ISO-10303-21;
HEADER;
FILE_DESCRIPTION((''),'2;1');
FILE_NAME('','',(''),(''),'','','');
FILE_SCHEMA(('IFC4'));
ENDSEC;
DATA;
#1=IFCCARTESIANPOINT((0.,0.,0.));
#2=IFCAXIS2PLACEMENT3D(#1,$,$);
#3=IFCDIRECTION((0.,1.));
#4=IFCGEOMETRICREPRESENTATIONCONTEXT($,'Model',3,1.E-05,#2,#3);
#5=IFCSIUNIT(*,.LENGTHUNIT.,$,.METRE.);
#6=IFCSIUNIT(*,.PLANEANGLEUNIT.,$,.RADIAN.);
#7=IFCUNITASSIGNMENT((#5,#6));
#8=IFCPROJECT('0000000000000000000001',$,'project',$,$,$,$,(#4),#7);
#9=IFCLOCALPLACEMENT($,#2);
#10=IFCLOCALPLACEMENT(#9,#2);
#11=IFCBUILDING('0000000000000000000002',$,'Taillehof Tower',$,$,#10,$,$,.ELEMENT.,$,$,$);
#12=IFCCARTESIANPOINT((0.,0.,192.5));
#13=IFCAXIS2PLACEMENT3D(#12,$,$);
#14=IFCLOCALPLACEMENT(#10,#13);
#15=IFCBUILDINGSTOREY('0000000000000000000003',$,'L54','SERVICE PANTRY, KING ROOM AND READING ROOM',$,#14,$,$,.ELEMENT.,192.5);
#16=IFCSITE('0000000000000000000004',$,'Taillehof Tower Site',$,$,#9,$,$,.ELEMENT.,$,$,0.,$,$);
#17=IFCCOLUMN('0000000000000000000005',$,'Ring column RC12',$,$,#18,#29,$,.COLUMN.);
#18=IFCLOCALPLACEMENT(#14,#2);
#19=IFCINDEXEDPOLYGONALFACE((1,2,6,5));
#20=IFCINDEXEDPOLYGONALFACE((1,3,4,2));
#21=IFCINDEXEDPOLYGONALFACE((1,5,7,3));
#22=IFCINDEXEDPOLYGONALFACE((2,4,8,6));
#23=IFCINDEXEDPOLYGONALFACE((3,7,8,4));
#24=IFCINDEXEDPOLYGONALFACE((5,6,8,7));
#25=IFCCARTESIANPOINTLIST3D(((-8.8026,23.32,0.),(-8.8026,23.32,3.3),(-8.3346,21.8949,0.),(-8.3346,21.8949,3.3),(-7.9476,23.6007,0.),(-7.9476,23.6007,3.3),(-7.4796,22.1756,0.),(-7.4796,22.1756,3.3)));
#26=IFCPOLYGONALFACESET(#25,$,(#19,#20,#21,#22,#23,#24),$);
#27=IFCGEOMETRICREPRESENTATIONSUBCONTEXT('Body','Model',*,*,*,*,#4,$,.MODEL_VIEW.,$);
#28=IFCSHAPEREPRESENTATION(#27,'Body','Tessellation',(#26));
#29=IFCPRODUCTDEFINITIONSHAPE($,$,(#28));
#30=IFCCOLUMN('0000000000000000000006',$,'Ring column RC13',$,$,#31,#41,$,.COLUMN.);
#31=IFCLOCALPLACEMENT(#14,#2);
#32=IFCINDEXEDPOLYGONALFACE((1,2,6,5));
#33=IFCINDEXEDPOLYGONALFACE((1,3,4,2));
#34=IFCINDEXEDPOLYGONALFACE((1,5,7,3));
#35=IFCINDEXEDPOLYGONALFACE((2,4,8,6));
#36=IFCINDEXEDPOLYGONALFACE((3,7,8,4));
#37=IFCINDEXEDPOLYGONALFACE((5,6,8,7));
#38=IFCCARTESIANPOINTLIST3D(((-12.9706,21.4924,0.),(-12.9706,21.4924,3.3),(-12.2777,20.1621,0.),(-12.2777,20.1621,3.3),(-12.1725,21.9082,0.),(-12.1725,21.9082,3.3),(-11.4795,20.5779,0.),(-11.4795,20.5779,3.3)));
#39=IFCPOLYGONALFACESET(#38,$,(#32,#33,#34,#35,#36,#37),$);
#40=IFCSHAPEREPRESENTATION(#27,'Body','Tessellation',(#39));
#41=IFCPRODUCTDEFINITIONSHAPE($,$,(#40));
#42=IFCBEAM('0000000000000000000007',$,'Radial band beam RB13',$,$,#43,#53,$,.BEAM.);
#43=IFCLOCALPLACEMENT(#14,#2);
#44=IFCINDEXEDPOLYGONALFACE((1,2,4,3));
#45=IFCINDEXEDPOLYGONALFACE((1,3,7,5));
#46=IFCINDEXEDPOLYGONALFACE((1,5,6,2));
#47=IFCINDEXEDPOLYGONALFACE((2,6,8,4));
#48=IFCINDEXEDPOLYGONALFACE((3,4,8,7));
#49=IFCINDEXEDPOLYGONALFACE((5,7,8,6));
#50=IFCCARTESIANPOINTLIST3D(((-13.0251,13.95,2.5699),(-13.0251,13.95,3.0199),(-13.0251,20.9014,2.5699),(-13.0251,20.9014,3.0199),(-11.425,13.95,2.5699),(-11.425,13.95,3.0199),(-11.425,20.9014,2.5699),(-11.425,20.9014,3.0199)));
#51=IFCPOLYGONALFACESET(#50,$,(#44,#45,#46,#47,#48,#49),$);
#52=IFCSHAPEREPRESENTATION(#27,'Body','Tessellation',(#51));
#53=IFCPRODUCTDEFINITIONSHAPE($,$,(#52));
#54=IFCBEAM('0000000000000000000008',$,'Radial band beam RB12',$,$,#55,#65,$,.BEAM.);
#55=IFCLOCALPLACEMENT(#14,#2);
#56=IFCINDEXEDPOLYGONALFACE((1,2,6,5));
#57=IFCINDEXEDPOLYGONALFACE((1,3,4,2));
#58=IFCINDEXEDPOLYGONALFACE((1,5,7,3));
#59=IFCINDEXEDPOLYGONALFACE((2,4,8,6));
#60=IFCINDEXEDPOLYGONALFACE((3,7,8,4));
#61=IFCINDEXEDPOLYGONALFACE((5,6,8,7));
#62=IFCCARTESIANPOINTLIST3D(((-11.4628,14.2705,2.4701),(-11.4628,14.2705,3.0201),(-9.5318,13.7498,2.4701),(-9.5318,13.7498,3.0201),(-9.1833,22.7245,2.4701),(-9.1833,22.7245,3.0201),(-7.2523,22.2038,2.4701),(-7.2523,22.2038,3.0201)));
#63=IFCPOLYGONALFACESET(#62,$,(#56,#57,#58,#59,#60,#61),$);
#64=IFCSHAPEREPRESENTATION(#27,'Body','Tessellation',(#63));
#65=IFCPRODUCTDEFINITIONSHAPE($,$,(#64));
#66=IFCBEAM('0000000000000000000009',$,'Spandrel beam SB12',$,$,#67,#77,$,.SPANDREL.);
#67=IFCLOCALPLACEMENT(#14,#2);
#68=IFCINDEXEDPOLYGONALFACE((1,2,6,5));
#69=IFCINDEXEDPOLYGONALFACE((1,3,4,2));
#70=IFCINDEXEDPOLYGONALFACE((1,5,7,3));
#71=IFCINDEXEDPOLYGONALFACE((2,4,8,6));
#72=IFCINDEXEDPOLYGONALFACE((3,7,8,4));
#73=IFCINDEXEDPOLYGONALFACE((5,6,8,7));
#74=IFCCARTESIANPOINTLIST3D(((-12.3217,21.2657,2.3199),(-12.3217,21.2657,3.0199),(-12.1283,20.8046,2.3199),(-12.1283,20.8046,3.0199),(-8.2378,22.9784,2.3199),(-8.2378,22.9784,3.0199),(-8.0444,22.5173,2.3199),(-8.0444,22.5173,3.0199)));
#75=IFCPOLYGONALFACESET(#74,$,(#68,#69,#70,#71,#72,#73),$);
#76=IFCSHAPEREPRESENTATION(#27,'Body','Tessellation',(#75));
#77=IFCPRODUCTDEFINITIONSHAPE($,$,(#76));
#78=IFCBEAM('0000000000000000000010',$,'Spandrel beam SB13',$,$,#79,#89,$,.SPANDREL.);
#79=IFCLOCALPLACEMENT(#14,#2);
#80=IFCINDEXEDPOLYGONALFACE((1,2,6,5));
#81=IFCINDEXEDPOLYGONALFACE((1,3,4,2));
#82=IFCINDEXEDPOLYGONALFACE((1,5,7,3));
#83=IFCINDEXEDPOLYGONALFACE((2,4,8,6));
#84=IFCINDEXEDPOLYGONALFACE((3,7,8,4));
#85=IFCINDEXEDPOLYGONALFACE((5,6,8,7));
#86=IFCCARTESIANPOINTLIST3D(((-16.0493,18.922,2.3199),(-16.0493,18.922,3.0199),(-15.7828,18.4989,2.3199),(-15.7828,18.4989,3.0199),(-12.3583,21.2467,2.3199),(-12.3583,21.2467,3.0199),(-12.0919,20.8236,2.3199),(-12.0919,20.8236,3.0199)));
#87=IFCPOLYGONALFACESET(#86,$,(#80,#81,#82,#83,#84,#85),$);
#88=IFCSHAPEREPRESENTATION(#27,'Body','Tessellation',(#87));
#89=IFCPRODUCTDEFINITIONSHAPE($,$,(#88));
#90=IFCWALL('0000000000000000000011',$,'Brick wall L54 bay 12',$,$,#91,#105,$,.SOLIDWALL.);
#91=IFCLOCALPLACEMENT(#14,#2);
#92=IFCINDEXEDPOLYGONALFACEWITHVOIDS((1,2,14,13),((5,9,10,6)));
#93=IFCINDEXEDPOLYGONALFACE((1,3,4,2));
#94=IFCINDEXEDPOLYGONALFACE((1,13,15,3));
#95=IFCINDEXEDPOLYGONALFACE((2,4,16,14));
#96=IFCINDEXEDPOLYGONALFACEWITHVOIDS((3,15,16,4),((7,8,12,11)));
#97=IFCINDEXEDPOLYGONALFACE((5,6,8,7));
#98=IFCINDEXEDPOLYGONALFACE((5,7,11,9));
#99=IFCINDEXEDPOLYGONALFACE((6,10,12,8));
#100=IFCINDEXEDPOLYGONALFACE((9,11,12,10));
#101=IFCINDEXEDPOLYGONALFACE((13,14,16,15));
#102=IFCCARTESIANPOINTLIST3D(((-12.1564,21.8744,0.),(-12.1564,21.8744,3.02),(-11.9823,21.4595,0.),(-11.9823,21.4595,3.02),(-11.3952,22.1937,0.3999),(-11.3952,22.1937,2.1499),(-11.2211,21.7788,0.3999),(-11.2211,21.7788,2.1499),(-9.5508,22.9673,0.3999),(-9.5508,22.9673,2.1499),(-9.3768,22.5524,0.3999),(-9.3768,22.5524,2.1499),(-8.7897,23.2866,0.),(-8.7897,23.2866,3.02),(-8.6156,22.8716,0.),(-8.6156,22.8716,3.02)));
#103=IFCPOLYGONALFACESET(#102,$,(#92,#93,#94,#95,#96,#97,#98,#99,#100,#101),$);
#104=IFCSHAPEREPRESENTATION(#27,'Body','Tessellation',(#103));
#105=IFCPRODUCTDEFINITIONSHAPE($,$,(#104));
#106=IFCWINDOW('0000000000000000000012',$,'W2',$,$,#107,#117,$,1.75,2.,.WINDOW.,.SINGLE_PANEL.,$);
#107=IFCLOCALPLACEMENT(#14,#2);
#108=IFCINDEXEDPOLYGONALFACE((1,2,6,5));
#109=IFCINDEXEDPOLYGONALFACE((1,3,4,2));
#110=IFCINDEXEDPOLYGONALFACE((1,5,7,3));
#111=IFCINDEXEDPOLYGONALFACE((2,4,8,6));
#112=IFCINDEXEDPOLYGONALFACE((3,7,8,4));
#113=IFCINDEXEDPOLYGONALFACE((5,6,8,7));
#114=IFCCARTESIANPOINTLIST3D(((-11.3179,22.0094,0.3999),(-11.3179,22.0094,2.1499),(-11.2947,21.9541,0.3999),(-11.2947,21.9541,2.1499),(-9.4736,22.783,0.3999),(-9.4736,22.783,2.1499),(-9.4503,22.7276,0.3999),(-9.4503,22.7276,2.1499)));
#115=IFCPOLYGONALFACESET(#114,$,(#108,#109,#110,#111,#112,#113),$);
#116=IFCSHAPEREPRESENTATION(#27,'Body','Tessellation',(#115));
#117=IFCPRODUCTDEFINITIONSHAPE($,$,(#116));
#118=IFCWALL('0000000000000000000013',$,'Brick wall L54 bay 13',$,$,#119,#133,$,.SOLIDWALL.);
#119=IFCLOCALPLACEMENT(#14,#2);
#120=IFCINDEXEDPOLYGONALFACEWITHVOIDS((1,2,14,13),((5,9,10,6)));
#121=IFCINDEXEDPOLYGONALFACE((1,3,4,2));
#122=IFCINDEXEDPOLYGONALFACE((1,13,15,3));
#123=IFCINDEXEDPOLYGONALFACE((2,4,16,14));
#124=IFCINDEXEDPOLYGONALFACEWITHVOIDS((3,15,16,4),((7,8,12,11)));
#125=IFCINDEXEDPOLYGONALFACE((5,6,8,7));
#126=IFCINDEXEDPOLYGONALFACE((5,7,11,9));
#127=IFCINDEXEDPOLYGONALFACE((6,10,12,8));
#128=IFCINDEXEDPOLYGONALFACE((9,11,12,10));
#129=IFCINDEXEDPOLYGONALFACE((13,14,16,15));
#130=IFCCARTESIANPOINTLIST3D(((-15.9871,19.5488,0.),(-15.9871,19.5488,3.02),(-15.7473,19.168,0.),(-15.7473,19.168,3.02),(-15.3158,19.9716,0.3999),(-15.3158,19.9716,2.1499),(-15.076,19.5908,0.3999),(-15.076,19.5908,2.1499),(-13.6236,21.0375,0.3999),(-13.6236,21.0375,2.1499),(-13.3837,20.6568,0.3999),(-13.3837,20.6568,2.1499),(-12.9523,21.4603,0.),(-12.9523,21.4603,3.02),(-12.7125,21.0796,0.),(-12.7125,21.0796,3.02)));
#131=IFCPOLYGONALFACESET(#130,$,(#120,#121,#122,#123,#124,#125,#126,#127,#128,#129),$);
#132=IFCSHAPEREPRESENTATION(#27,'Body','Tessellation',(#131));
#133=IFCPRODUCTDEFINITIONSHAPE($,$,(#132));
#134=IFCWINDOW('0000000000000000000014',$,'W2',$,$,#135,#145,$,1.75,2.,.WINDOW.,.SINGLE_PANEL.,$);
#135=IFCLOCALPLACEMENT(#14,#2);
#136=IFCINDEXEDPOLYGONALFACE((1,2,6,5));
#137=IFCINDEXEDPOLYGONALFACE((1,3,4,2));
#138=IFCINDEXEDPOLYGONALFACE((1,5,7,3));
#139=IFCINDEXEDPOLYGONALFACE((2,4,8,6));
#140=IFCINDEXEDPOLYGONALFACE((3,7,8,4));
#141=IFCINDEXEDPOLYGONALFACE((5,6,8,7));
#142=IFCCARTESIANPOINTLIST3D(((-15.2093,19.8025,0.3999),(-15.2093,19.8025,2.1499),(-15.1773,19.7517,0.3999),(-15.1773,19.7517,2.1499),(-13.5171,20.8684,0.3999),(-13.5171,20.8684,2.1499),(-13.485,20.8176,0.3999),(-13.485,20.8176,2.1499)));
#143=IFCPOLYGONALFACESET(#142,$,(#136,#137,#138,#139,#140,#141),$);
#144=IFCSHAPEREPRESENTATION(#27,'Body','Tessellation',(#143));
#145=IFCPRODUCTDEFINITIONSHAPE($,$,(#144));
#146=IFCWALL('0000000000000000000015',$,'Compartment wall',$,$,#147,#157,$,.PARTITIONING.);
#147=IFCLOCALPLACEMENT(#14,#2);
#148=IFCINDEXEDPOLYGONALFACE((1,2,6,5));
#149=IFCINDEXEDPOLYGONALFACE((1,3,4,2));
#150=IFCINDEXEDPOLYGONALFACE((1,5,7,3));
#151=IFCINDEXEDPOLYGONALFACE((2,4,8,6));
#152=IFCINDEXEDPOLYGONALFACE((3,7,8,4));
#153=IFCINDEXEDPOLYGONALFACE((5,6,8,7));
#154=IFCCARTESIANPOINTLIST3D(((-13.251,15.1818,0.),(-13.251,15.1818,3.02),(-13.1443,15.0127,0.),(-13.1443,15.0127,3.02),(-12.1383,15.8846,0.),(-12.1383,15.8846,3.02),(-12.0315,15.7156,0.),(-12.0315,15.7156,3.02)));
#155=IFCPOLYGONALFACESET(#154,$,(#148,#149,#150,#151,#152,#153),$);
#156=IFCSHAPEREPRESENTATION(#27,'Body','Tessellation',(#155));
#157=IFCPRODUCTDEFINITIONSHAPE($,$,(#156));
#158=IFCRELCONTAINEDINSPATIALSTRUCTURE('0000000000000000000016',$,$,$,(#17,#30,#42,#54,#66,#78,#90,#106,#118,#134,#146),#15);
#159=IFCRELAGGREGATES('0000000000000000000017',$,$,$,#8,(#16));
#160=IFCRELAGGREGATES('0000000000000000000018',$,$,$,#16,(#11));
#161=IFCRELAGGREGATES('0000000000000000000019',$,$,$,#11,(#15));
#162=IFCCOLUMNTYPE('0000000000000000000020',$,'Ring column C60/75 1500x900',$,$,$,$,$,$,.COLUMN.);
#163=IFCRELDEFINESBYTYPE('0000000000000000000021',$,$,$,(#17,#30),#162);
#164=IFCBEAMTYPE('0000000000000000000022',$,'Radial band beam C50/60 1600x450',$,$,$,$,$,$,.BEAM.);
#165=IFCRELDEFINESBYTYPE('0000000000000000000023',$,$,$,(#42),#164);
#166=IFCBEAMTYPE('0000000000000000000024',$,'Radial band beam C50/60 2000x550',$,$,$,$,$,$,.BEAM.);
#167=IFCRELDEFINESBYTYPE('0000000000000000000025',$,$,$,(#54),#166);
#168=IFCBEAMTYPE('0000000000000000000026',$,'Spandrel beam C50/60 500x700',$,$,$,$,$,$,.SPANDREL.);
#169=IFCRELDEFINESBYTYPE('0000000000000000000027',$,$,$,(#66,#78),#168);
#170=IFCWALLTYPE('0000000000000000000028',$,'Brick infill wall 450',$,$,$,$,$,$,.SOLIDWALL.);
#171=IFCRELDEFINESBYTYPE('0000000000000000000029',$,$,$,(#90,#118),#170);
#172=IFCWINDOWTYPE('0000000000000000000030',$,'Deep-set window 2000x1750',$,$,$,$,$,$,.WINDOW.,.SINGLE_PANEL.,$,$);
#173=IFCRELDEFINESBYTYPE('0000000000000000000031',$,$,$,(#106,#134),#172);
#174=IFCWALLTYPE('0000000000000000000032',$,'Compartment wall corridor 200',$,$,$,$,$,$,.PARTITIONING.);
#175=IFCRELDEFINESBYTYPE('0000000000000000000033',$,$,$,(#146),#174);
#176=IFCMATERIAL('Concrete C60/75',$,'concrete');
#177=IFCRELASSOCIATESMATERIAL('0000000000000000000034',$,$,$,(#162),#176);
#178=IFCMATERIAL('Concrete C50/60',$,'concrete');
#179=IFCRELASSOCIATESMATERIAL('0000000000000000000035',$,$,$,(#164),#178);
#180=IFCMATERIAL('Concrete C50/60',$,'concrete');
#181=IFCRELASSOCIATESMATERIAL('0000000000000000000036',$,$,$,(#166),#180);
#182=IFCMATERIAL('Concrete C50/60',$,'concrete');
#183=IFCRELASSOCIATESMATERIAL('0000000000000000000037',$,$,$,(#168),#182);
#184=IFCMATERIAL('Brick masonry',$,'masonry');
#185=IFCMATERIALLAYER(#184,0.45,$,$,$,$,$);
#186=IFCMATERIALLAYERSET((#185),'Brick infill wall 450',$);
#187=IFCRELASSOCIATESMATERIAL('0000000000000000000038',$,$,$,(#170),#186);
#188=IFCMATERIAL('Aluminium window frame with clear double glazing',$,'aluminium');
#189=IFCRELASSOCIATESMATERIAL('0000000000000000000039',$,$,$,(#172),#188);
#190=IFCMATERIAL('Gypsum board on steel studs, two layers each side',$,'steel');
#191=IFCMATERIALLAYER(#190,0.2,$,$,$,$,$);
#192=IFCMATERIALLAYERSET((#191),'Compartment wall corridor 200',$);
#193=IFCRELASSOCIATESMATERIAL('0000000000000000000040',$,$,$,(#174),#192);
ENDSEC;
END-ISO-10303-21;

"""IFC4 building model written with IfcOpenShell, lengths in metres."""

from ifc_helpers import new_model, si_unit, direction, frame, frame_2d, origin, origin_2d, place, context, subcontext, project, spatial, rectangle, extrude, material, layer, layer_set, material_profile, profile_set, type_object, element, fill, save


model = new_model("IFC4")

# Units and contexts
model_context = context("Model", 3, precision=1e-05, world=origin(), true_north=direction((0.0, 1.0)))
body_context = subcontext(model_context, "Body", "Model", "MODEL_VIEW")
ifc_project = project(units=[si_unit("LENGTHUNIT", "METRE"), si_unit("PLANEANGLEUNIT", "RADIAN")], contexts=[model_context])

# Site, building, storey
site_placement = place(None, origin())
site = spatial("IfcSite", under=ifc_project, at=site_placement, Name="Taillehof Tower Site", CompositionType="ELEMENT", RefElevation=0.0)
building_placement = place(site_placement, origin())
building = spatial("IfcBuilding", under=site, at=building_placement, Name="Taillehof Tower", CompositionType="ELEMENT")
storey_placement = place(building_placement, frame((0.0, 0.0, 192.5)))
storey = spatial("IfcBuildingStorey", under=building, at=storey_placement, Name="L54", Description="SERVICE PANTRY, KING ROOM AND READING ROOM", CompositionType="ELEMENT", Elevation=192.5)

# Columns
ifc_material_1 = material(Name="Concrete C60/75", Category="concrete")
ifc_material_profile_1 = material_profile(ifc_material_1, rectangle(XDim=1.5, YDim=0.8999, at=origin_2d()), Name="RC 1500x900")
ifc_profile_set_1 = profile_set([ifc_material_profile_1], Name="Concrete C60/75")
column_type = type_object("IfcColumnType", Name="Ring column C60/75 1500x900", PredefinedType="COLUMN", material=ifc_profile_set_1)
for number, where, z_axis, x_axis, name in (
    (1, (-8.1411, 22.7478, 0.0), (0.0, 0.0, 1.0), (-0.312001, 0.950082, 0.0), "Ring column RC12"),
    (2, (-12.2251, 21.0352, 0.0), (0.0, 0.0, 1.0), (-0.461993, 0.886883, 0.0), "Ring column RC13"),
):
    element("IfcColumn", number, at=place(storey_placement, frame(where, z_axis=z_axis, x_axis=x_axis)), inside=storey, type_object=column_type, Name=name, PredefinedType="COLUMN", context=body_context, shape_type="SweptSolid", body=[
        extrude(rectangle(XDim=1.5, YDim=0.8999, at=origin_2d()), origin(), (0.0, 0.0, 1.0), 3.3),
    ])

# Beams
ifc_material_2 = material(Name="Concrete C50/60", Category="concrete")
ifc_material_profile_2 = material_profile(ifc_material_2, rectangle(XDim=1.6001, YDim=0.45, at=origin_2d()), Name="RC 1600x450")
ifc_profile_set_2 = profile_set([ifc_material_profile_2], Name="Concrete C50/60")
beam_type_1 = type_object("IfcBeamType", Name="Radial band beam C50/60 1600x450", PredefinedType="BEAM", material=ifc_profile_set_2)
beam_1_placement = place(storey_placement, frame((-12.2251, 20.9014, 2.7949), z_axis=(0.0, -1.0, 0.0), x_axis=(1.0, 0.0, 0.0)))
element("IfcBeam", 3, at=beam_1_placement, inside=storey, type_object=beam_type_1, Name="Radial band beam RB13", PredefinedType="BEAM", context=body_context, shape_type="SweptSolid", body=[
    extrude(rectangle(XDim=1.6001, YDim=0.45, at=origin_2d()), origin(), (0.0, 0.0, 1.0), 6.9514),
])
ifc_material_3 = material(Name="Concrete C50/60", Category="concrete")
ifc_material_profile_3 = material_profile(ifc_material_3, rectangle(XDim=2.0, YDim=0.55, at=origin_2d()), Name="RC 2000x550")
ifc_profile_set_3 = profile_set([ifc_material_profile_3], Name="Concrete C50/60")
beam_type_2 = type_object("IfcBeamType", Name="Radial band beam C50/60 2000x550", PredefinedType="BEAM", material=ifc_profile_set_3)
beam_2_placement = place(storey_placement, frame((-8.2178, 22.4641, 2.7451), z_axis=(-0.260346, -0.965515, 0.0), x_axis=(0.965515, -0.260346, 0.0)))
element("IfcBeam", 4, at=beam_2_placement, inside=storey, type_object=beam_type_2, Name="Radial band beam RB12", PredefinedType="BEAM", context=body_context, shape_type="SweptSolid", body=[
    extrude(rectangle(XDim=2.0, YDim=0.55, at=origin_2d()), origin(), (0.0, 0.0, 1.0), 8.7559),
])
ifc_material_4 = material(Name="Concrete C50/60", Category="concrete")
ifc_material_profile_4 = material_profile(ifc_material_4, rectangle(XDim=0.5, YDim=0.7, at=origin_2d()), Name="RC 500x700")
ifc_profile_set_4 = profile_set([ifc_material_profile_4], Name="Concrete C50/60")
beam_type_3 = type_object("IfcBeamType", Name="Spandrel beam C50/60 500x700", PredefinedType="SPANDREL", material=ifc_profile_set_4)
beam_3_placement = place(storey_placement, frame((-8.1411, 22.7478, 2.6699), z_axis=(-0.922194, -0.386728, 0.0), x_axis=(0.386728, -0.922194, 0.0)))
element("IfcBeam", 5, at=beam_3_placement, inside=storey, type_object=beam_type_3, Name="Spandrel beam SB12", PredefinedType="SPANDREL", context=body_context, shape_type="SweptSolid", body=[
    extrude(rectangle(XDim=0.5, YDim=0.7, at=origin_2d()), origin(), (0.0, 0.0, 1.0), 4.4285),
])
beam_4_placement = place(storey_placement, frame((-12.2251, 21.0352, 2.6699), z_axis=(-0.846151, -0.532944, 0.0), x_axis=(0.532944, -0.846151, 0.0)))
element("IfcBeam", 6, at=beam_4_placement, inside=storey, type_object=beam_type_3, Name="Spandrel beam SB13", PredefinedType="SPANDREL", context=body_context, shape_type="SweptSolid", body=[
    extrude(rectangle(XDim=0.5, YDim=0.7, at=origin_2d()), origin(), (0.0, 0.0, 1.0), 4.3621),
])

# Walls, openings, windows
ifc_material_5 = material(Name="Brick masonry", Category="masonry")
ifc_layer_1 = layer(ifc_material_5, 0.45)
ifc_layer_set_1 = layer_set([ifc_layer_1], Name="Brick infill wall 450")
wall_type_1 = type_object("IfcWallType", Name="Brick infill wall 450", PredefinedType="SOLIDWALL", material=ifc_layer_set_1)
wall_1_placement = place(storey_placement, frame((-8.7026, 23.0791, 0.0), z_axis=(0.0, 0.0, 1.0), x_axis=(-0.922168, -0.386789, 0.0)))
wall_1 = element("IfcWall", 7, at=wall_1_placement, inside=storey, type_object=wall_type_1, Name="Brick wall L54 bay 12", PredefinedType="SOLIDWALL", context=body_context, shape_type="SweptSolid", body=[
    extrude(rectangle(XDim=3.6509, YDim=0.45, at=frame_2d((1.8254, 0.0))), origin(), (0.0, 0.0, 1.0), 3.02),
])
opening_1_placement = place(wall_1_placement, frame((0.8254, 0.0, 0.3999)))
opening_1 = element("IfcOpeningElement", 8, at=opening_1_placement, cuts=wall_1, PredefinedType="OPENING", context=body_context, shape_type="SweptSolid", body=[
    extrude(rectangle(XDim=2.0, YDim=1.75, at=frame_2d((1.0, 0.875))), frame((0.0, 0.2349, 0.0), z_axis=(0.0, -1.0, 0.0), x_axis=(1.0, 0.0, 0.0)), (0.0, 0.0, 1.0), 0.47),
])
ifc_material_6 = material(Name="Aluminium window frame with clear double glazing", Category="aluminium")
window_type = type_object("IfcWindowType", Name="Deep-set window 2000x1750", PartitioningType="SINGLE_PANEL", PredefinedType="WINDOW", material=ifc_material_6)
window_1_placement = place(opening_1_placement, origin())
window_1 = element("IfcWindow", 9, at=window_1_placement, inside=storey, type_object=window_type, Name="W2", OverallHeight=1.75, OverallWidth=2.0, PartitioningType="SINGLE_PANEL", PredefinedType="WINDOW", context=body_context, shape_type="SweptSolid", body=[
    extrude(rectangle(XDim=2.0, YDim=1.75, at=frame_2d((1.0, 0.875))), frame((0.0, 0.0349, 0.0), z_axis=(0.0, -1.0, 0.0), x_axis=(1.0, 0.0, 0.0)), (0.0, 0.0, 1.0), 0.0601),
])
fill(opening_1, window_1)
wall_2_placement = place(storey_placement, frame((-12.8323, 21.27, 0.0), z_axis=(0.0, 0.0, 1.0), x_axis=(-0.846138, -0.532963, 0.0)))
wall_2 = element("IfcWall", 10, at=wall_2_placement, inside=storey, type_object=wall_type_1, Name="Brick wall L54 bay 13", PredefinedType="SOLIDWALL", context=body_context, shape_type="SweptSolid", body=[
    extrude(rectangle(XDim=3.5867, YDim=0.45, at=frame_2d((1.7935, 0.0))), origin(), (0.0, 0.0, 1.0), 3.02),
])
opening_2_placement = place(wall_2_placement, frame((0.7935, 0.0, 0.3999)))
opening_2 = element("IfcOpeningElement", 11, at=opening_2_placement, cuts=wall_2, PredefinedType="OPENING", context=body_context, shape_type="SweptSolid", body=[
    extrude(rectangle(XDim=2.0, YDim=1.75, at=frame_2d((1.0, 0.875))), frame((0.0, 0.2349, 0.0), z_axis=(0.0, -1.0, 0.0), x_axis=(1.0, 0.0, 0.0)), (0.0, 0.0, 1.0), 0.47),
])
window_2_placement = place(opening_2_placement, origin())
window_2 = element("IfcWindow", 12, at=window_2_placement, inside=storey, type_object=window_type, Name="W2", OverallHeight=1.75, OverallWidth=2.0, PartitioningType="SINGLE_PANEL", PredefinedType="WINDOW", context=body_context, shape_type="SweptSolid", body=[
    extrude(rectangle(XDim=2.0, YDim=1.75, at=frame_2d((1.0, 0.875))), frame((0.0, 0.0349, 0.0), z_axis=(0.0, -1.0, 0.0), x_axis=(1.0, 0.0, 0.0)), (0.0, 0.0, 1.0), 0.0601),
])
fill(opening_2, window_2)

# Wall
ifc_material_7 = material(Name="Gypsum board on steel studs, two layers each side", Category="steel")
ifc_layer_2 = layer(ifc_material_7, 0.2)
ifc_layer_set_2 = layer_set([ifc_layer_2], Name="Compartment wall corridor 200")
wall_type_2 = type_object("IfcWallType", Name="Compartment wall corridor 200", PredefinedType="PARTITIONING", material=ifc_layer_set_2)
wall_3_placement = place(storey_placement, frame((-13.1978, 15.0972, 0.0), z_axis=(0.0, 0.0, 1.0), x_axis=(0.845467, 0.534028, 0.0)))
element("IfcWall", 13, at=wall_3_placement, inside=storey, type_object=wall_type_2, Name="Compartment wall", PredefinedType="PARTITIONING", context=body_context, shape_type="SweptSolid", body=[
    extrude(rectangle(XDim=1.3162, YDim=0.2, at=frame_2d((0.6582, 0.0))), origin(), (0.0, 0.0, 1.0), 3.02),
])

save(model, "model.ifc")
